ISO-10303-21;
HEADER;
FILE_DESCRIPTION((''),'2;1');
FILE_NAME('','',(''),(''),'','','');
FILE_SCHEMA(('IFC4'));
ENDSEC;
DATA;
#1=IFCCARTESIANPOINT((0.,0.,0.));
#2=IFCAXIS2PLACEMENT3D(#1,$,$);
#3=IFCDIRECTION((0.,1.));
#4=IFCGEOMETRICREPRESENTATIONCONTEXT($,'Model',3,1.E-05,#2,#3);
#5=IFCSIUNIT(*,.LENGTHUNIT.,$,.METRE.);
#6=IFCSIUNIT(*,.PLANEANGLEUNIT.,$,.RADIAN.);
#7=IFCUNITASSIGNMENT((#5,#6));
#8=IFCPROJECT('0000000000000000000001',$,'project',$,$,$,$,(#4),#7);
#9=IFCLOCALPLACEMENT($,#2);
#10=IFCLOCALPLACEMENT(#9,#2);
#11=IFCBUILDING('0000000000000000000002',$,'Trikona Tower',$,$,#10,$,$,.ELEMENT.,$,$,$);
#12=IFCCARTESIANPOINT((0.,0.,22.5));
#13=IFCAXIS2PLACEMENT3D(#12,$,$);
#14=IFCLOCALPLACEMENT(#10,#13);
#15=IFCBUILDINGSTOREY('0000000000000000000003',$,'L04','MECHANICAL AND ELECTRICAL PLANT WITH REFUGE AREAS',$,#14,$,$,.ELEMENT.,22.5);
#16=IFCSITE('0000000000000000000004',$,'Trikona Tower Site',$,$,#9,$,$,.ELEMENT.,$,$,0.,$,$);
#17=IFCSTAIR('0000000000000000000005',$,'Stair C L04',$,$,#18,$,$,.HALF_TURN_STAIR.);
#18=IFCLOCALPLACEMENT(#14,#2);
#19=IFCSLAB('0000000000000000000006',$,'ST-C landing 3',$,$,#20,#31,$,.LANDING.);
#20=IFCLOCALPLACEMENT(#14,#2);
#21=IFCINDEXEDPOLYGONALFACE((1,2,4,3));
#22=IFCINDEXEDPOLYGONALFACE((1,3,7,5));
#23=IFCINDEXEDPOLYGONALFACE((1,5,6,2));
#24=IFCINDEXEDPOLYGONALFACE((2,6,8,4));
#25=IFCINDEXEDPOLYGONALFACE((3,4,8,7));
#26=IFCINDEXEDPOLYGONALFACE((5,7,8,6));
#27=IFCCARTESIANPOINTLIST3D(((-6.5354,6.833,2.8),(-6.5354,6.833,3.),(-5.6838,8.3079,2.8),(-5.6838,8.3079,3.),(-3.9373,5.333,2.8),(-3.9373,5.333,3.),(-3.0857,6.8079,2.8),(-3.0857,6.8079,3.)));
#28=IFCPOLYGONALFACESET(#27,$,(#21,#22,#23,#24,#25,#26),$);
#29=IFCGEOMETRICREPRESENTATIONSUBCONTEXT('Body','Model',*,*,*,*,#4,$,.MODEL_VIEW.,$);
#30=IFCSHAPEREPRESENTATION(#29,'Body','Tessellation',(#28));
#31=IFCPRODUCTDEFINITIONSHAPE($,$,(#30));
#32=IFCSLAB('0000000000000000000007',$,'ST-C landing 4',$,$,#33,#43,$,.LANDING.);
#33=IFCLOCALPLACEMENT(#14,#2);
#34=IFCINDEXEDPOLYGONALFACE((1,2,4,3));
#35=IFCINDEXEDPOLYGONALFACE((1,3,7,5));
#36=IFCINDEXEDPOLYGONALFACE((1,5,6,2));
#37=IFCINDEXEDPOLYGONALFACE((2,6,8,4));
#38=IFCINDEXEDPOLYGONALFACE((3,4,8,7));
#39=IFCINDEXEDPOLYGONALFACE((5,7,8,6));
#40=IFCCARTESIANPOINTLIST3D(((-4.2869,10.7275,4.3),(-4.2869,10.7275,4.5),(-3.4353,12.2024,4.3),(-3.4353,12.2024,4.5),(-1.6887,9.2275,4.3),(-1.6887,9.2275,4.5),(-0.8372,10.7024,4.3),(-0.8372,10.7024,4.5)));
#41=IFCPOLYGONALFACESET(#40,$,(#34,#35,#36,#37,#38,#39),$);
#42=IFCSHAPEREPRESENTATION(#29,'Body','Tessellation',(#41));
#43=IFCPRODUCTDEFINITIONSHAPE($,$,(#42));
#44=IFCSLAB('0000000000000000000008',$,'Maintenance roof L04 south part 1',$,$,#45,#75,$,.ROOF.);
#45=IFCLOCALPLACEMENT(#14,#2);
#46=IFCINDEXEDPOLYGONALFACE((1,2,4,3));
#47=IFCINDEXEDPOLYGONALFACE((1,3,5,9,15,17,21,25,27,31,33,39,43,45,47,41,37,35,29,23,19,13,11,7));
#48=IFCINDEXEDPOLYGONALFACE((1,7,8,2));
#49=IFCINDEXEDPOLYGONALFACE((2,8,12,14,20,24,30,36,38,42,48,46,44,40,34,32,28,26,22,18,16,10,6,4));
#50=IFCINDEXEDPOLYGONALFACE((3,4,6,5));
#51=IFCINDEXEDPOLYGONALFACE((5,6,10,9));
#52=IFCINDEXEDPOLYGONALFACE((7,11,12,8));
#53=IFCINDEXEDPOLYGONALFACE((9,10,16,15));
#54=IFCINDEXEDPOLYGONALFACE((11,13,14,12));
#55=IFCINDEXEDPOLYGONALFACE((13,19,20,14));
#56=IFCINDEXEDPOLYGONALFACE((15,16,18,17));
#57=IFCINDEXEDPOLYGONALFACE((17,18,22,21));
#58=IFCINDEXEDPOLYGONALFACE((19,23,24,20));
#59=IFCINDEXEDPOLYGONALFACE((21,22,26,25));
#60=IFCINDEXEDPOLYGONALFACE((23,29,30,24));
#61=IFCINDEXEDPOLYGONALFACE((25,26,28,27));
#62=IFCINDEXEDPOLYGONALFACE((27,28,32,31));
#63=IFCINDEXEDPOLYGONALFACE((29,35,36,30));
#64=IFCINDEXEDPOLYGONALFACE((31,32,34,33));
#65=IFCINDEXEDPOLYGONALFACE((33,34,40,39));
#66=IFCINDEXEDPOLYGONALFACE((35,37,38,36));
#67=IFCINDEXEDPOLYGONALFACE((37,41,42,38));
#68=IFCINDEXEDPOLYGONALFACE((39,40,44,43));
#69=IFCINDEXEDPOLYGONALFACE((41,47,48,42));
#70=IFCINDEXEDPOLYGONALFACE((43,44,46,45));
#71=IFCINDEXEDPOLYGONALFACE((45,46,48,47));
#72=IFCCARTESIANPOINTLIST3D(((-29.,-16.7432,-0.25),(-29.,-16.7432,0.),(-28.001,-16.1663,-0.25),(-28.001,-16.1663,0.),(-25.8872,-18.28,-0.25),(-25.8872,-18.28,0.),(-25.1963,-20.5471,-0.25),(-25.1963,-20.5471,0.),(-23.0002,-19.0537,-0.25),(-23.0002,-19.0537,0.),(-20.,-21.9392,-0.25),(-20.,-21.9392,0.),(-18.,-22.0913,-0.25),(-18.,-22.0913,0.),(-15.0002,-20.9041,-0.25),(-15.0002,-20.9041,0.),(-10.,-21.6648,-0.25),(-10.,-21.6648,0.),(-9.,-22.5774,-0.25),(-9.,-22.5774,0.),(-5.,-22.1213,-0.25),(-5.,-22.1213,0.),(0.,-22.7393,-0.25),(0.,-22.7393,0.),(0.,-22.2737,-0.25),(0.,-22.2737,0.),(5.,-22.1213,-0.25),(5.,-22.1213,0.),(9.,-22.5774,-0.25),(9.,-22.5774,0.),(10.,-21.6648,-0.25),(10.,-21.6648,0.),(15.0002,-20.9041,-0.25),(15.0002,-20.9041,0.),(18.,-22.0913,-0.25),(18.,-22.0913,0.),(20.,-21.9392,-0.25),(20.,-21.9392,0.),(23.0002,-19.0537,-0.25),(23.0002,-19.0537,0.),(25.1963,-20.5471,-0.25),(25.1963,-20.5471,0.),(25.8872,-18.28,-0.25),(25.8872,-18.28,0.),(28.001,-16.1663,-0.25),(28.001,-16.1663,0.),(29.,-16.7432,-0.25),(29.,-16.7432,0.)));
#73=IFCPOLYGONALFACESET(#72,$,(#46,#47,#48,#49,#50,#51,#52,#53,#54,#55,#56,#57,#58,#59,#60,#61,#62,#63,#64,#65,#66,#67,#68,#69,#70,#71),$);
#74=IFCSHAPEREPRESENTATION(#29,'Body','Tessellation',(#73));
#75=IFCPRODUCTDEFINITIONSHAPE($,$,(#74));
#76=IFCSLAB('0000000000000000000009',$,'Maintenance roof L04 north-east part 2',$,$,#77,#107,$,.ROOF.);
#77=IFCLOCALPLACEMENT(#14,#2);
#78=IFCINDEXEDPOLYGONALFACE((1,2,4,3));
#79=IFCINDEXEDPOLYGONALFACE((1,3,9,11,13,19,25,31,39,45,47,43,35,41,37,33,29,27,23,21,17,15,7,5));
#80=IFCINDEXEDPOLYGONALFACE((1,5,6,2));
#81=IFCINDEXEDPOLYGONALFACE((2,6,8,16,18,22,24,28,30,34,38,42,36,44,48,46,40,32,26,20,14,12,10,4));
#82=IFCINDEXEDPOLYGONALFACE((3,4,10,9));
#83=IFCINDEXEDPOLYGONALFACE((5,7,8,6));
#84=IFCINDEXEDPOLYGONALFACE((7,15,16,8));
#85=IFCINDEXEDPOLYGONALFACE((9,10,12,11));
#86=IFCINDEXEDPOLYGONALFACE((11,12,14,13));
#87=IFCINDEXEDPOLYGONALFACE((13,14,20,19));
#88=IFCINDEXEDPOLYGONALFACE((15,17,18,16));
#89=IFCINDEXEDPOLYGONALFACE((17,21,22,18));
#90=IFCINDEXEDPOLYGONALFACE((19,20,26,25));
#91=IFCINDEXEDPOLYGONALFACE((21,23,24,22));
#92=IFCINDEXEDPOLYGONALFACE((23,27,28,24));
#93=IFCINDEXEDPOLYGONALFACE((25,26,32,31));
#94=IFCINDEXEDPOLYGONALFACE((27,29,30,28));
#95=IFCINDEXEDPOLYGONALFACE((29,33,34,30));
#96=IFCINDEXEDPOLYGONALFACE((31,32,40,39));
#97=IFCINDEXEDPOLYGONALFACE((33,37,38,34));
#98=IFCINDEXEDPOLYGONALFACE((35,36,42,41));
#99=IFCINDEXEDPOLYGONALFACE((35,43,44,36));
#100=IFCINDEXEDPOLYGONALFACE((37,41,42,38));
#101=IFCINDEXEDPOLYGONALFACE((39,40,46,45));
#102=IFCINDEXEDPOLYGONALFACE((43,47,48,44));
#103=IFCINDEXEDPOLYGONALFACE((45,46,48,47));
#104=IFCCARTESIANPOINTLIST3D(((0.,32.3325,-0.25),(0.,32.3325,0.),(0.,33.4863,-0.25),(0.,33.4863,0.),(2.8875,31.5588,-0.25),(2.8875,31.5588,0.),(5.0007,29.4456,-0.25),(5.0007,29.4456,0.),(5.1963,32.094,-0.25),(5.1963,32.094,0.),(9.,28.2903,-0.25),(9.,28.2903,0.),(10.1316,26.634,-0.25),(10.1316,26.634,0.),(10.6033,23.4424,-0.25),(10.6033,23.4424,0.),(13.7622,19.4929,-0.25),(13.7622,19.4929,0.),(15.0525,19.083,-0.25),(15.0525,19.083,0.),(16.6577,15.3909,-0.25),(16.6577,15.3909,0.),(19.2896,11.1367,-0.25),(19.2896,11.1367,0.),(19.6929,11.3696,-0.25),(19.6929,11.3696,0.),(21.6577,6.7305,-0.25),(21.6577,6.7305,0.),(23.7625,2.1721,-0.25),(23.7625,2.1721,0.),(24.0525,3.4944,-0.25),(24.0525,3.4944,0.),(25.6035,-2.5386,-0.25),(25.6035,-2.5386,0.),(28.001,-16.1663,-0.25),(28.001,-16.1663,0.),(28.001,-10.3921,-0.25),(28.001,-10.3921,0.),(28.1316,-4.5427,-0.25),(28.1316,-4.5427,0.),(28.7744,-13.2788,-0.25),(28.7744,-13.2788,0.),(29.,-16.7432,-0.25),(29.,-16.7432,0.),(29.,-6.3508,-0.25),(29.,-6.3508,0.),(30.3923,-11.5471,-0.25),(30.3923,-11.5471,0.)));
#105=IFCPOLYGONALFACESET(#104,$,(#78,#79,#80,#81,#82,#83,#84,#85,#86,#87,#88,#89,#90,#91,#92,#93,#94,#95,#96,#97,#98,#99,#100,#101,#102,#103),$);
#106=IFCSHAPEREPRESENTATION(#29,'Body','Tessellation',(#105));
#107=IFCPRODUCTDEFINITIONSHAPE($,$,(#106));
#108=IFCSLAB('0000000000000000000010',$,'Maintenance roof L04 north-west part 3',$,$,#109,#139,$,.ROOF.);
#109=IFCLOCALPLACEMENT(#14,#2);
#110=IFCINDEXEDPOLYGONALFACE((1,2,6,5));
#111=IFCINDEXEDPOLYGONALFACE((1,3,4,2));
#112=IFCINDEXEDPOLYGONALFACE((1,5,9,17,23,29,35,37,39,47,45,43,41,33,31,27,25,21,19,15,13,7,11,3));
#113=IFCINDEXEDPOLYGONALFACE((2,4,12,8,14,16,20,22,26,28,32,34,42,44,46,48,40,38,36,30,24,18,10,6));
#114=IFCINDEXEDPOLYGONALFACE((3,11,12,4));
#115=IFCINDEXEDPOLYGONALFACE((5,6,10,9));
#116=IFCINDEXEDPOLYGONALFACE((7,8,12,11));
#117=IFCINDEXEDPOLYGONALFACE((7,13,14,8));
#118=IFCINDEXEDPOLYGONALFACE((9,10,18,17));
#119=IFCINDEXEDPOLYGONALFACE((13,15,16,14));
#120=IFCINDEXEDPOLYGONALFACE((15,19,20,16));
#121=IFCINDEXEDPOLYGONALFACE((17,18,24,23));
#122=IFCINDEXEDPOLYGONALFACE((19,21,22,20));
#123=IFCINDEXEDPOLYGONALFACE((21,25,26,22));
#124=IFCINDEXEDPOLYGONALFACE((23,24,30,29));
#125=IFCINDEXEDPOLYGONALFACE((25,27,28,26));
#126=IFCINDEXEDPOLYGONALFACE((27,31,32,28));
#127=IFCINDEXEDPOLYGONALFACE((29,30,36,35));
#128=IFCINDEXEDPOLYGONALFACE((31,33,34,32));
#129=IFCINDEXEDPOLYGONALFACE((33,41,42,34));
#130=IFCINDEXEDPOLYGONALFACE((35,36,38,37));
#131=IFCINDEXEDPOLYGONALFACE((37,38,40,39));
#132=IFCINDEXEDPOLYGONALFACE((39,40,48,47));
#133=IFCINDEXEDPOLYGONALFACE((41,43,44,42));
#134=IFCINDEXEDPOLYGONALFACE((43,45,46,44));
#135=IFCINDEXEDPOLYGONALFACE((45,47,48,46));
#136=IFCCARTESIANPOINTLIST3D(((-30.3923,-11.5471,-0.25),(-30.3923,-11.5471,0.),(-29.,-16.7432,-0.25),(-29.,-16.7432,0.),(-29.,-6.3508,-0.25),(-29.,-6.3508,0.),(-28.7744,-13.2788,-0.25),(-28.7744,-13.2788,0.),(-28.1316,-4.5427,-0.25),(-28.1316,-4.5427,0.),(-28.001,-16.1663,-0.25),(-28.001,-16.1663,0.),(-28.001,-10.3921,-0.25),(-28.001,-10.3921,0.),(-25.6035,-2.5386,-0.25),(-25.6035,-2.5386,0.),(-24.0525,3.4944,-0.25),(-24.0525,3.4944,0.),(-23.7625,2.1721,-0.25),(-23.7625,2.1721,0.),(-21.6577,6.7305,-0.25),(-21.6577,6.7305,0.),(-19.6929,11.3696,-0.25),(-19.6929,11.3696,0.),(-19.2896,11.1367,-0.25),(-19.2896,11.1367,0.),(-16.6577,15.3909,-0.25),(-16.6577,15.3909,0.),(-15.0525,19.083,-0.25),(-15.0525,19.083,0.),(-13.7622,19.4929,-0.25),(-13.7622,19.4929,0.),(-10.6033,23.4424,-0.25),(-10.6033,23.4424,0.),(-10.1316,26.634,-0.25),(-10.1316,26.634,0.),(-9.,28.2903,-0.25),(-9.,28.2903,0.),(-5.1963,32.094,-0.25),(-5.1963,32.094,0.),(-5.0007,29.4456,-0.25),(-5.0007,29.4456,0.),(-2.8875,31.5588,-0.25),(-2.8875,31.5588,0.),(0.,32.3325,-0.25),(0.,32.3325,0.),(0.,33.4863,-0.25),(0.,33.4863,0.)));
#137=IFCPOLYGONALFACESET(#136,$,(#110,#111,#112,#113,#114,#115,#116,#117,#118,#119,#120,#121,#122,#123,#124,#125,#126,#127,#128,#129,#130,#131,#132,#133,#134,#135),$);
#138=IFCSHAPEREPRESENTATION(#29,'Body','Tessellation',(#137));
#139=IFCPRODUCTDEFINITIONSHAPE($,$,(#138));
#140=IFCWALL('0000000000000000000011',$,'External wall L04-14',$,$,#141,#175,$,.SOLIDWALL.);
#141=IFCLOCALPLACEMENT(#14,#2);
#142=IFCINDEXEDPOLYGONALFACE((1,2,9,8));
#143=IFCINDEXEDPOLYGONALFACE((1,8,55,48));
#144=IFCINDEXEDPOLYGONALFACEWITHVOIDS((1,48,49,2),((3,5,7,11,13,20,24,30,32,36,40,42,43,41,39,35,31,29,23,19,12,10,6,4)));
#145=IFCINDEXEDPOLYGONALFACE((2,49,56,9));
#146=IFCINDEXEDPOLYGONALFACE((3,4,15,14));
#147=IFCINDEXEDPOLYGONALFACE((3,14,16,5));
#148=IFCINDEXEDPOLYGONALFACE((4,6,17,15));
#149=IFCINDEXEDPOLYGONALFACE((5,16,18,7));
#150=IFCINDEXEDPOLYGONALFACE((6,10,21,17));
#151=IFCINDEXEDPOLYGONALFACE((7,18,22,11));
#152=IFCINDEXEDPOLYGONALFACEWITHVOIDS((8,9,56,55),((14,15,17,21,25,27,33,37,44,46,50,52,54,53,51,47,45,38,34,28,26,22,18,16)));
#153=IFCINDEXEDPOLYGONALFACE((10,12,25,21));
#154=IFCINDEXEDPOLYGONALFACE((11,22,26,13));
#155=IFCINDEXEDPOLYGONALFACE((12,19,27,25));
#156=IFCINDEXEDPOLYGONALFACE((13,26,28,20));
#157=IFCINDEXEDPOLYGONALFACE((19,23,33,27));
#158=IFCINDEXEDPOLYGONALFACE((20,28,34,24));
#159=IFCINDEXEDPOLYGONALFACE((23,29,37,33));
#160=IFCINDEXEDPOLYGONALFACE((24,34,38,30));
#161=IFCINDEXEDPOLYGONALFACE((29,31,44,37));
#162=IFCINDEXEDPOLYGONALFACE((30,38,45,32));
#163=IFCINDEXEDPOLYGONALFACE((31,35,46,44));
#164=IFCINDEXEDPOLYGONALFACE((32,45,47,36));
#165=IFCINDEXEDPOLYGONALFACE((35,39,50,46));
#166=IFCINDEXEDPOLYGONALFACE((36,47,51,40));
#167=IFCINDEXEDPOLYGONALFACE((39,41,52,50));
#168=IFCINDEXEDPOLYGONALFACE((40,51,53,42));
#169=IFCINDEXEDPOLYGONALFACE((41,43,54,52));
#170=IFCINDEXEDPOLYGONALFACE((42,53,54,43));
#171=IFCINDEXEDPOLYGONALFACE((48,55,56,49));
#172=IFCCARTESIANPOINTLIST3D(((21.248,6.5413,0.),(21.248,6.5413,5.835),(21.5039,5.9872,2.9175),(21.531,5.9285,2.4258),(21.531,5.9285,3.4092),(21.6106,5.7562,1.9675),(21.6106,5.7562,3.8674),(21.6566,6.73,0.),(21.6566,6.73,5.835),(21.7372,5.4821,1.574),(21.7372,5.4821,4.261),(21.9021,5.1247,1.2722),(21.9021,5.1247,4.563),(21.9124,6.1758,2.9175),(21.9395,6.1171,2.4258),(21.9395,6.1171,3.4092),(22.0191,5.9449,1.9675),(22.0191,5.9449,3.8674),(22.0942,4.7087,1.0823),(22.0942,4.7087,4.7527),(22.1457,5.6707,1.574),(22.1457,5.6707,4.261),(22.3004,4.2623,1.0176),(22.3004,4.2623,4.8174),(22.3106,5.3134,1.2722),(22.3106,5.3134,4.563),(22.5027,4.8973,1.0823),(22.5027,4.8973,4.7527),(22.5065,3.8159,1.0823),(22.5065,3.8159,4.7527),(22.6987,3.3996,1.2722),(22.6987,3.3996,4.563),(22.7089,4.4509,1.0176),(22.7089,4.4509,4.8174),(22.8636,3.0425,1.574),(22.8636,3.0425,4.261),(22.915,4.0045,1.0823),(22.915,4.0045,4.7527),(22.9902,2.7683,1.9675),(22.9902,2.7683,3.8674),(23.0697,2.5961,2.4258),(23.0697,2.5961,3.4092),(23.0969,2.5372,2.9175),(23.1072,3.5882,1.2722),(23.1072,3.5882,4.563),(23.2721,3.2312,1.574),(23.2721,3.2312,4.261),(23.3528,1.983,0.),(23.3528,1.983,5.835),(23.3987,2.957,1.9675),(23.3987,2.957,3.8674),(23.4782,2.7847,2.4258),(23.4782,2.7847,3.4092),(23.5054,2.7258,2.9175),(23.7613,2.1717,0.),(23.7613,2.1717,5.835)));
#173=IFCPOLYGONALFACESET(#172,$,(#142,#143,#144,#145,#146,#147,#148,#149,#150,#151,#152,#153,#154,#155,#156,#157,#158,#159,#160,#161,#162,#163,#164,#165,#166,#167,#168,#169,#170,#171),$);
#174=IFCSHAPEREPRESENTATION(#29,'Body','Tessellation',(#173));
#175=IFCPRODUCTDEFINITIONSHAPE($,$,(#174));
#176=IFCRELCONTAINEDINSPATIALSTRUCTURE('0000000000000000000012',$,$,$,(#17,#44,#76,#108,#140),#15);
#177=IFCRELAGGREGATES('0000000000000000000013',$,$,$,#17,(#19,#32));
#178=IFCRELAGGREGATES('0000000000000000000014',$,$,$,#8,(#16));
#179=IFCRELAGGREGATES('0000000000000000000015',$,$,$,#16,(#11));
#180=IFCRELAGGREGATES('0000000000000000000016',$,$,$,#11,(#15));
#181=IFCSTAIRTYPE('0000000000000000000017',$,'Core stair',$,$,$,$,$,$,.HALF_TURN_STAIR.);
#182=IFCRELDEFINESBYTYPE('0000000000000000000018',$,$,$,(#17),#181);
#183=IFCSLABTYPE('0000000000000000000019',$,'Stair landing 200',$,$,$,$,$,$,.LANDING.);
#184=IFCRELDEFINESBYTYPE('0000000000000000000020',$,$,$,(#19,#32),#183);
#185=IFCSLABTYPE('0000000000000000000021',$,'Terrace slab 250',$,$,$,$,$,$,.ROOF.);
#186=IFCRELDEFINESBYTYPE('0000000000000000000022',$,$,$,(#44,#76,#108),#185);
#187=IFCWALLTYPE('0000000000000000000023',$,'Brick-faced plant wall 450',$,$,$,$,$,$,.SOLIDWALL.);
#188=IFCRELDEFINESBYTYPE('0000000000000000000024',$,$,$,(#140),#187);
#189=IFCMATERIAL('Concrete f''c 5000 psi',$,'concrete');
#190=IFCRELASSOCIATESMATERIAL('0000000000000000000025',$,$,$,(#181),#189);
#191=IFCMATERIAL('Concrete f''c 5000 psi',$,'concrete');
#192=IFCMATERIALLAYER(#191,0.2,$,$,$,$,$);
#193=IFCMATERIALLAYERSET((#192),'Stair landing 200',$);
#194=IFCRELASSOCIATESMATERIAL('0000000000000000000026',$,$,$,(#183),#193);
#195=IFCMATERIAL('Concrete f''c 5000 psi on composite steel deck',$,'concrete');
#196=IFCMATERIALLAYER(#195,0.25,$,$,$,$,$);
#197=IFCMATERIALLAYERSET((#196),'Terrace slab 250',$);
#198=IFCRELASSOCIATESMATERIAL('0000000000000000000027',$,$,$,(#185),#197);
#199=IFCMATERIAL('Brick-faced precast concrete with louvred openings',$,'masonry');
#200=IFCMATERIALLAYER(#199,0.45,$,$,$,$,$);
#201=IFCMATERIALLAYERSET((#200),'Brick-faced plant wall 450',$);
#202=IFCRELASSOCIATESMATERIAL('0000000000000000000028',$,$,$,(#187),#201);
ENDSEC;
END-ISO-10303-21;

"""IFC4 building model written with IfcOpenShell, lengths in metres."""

from ifc_helpers import new_model, si_unit, direction, frame, origin, place, context, subcontext, project, spatial, polyline, outline, extrude, material, layer, layer_set, type_object, element, aggregate, save


model = new_model("IFC4")

# Units and contexts
model_context = context("Model", 3, precision=1e-05, world=origin(), true_north=direction((0.0, 1.0)))
body_context = subcontext(model_context, "Body", "Model", "MODEL_VIEW")
ifc_project = project(units=[si_unit("LENGTHUNIT", "METRE"), si_unit("PLANEANGLEUNIT", "RADIAN")], contexts=[model_context])

# Site, building, storey
site_placement = place(None, origin())
site = spatial("IfcSite", under=ifc_project, at=site_placement, Name="Trikona Tower Site", CompositionType="ELEMENT", RefElevation=0.0)
building_placement = place(site_placement, origin())
building = spatial("IfcBuilding", under=site, at=building_placement, Name="Trikona Tower", CompositionType="ELEMENT")
storey_placement = place(building_placement, frame((0.0, 0.0, 22.5)))
storey = spatial("IfcBuildingStorey", under=building, at=storey_placement, Name="L04", Description="MECHANICAL AND ELECTRICAL PLANT WITH REFUGE AREAS", CompositionType="ELEMENT", Elevation=22.5)

# Stair, slabs
ifc_material_1 = material(Name="Concrete f'c 5000 psi", Category="concrete")
stair_type = type_object("IfcStairType", Name="Core stair", PredefinedType="HALF_TURN_STAIR", material=ifc_material_1)
ifc_material_2 = material(Name="Concrete f'c 5000 psi", Category="concrete")
ifc_layer_1 = layer(ifc_material_2, 0.2)
ifc_layer_set_1 = layer_set([ifc_layer_1], Name="Stair landing 200")
slab_type_1 = type_object("IfcSlabType", Name="Stair landing 200", PredefinedType="LANDING", material=ifc_layer_set_1)
stair_1_placement = place(storey_placement, origin())
stair_1 = element("IfcStair", 1, at=stair_1_placement, inside=storey, type_object=stair_type, Name="Stair C L04", PredefinedType="HALF_TURN_STAIR")
slab_1_placement = place(storey_placement, frame((0.0, 0.0, 2.8)))
slab_1 = element("IfcSlab", 2, at=slab_1_placement, type_object=slab_type_1, Name="ST-C landing 3", PredefinedType="LANDING", context=body_context, shape_type="SweptSolid", body=[
    extrude(outline(polyline([(-3.0857, 6.8079), (-3.9373, 5.333), (-6.5354, 6.833), (-5.6838, 8.3079), (-3.0857, 6.8079)])), origin(), (0.0, 0.0, 1.0), 0.2),
])
slab_2_placement = place(storey_placement, frame((0.0, 0.0, 4.3)))
slab_2 = element("IfcSlab", 3, at=slab_2_placement, type_object=slab_type_1, Name="ST-C landing 4", PredefinedType="LANDING", context=body_context, shape_type="SweptSolid", body=[
    extrude(outline(polyline([(-0.8372, 10.7024), (-1.6887, 9.2275), (-4.2869, 10.7275), (-3.4353, 12.2024), (-0.8372, 10.7024)])), origin(), (0.0, 0.0, 1.0), 0.2),
])
aggregate(stair_1, [slab_1, slab_2])

# Slabs
ifc_material_3 = material(Name="Concrete f'c 5000 psi on composite steel deck", Category="concrete")
ifc_layer_2 = layer(ifc_material_3, 0.25)
ifc_layer_set_2 = layer_set([ifc_layer_2], Name="Terrace slab 250")
slab_type_2 = type_object("IfcSlabType", Name="Terrace slab 250", PredefinedType="ROOF", material=ifc_layer_set_2)
slab_3_placement = place(storey_placement, frame((0.0, 0.0, -0.25)))
element("IfcSlab", 4, at=slab_3_placement, inside=storey, type_object=slab_type_2, Name="Maintenance roof L04 south part 1", PredefinedType="ROOF", context=body_context, shape_type="SweptSolid", body=[
    extrude(outline(polyline([(-29.0, -16.7432), (-25.1963, -20.5471), (-20.0, -21.9392), (-18.0, -22.0913), (-9.0, -22.5774), (0.0, -22.7393), (9.0, -22.5774), (18.0, -22.0913), (20.0, -21.9392), (25.1963, -20.5471), (29.0, -16.7432), (28.001, -16.1663), (25.8872, -18.28), (23.0002, -19.0537), (15.0002, -20.9041), (10.0, -21.6648), (5.0, -22.1213), (0.0, -22.2737), (-5.0, -22.1213), (-10.0, -21.6648), (-15.0002, -20.9041), (-23.0002, -19.0537), (-25.8872, -18.28), (-28.001, -16.1663), (-29.0, -16.7432)])), origin(), (0.0, 0.0, 1.0), 0.25),
])
slab_4_placement = place(storey_placement, frame((0.0, 0.0, -0.25)))
element("IfcSlab", 5, at=slab_4_placement, inside=storey, type_object=slab_type_2, Name="Maintenance roof L04 north-east part 2", PredefinedType="ROOF", context=body_context, shape_type="SweptSolid", body=[
    extrude(outline(polyline([(5.1963, 32.094), (0.0, 33.4863), (0.0, 32.3325), (2.8875, 31.5588), (5.0007, 29.4456), (10.6033, 23.4424), (13.7622, 19.4929), (16.6577, 15.3909), (19.2896, 11.1367), (21.6577, 6.7305), (23.7625, 2.1721), (25.6035, -2.5386), (28.001, -10.3921), (28.7744, -13.2788), (28.001, -16.1663), (29.0, -16.7432), (30.3923, -11.5471), (29.0, -6.3508), (28.1316, -4.5427), (24.0525, 3.4944), (19.6929, 11.3696), (15.0525, 19.083), (10.1316, 26.634), (9.0, 28.2903), (5.1963, 32.094)])), origin(), (0.0, 0.0, 1.0), 0.25),
])
slab_5_placement = place(storey_placement, frame((0.0, 0.0, -0.25)))
element("IfcSlab", 6, at=slab_5_placement, inside=storey, type_object=slab_type_2, Name="Maintenance roof L04 north-west part 3", PredefinedType="ROOF", context=body_context, shape_type="SweptSolid", body=[
    extrude(outline(polyline([(-30.3923, -11.5471), (-29.0, -16.7432), (-28.001, -16.1663), (-28.7744, -13.2788), (-28.001, -10.3921), (-25.6035, -2.5386), (-23.7625, 2.1721), (-21.6577, 6.7305), (-19.2896, 11.1367), (-16.6577, 15.3909), (-13.7622, 19.4929), (-10.6033, 23.4424), (-5.0007, 29.4456), (-2.8875, 31.5588), (0.0, 32.3325), (0.0, 33.4863), (-5.1963, 32.094), (-9.0, 28.2903), (-10.1316, 26.634), (-15.0525, 19.083), (-19.6929, 11.3696), (-24.0525, 3.4944), (-28.1316, -4.5427), (-29.0, -6.3508), (-30.3923, -11.5471)])), origin(), (0.0, 0.0, 1.0), 0.25),
])

# Wall
ifc_material_4 = material(Name="Brick-faced precast concrete with louvred openings", Category="masonry")
ifc_layer_3 = layer(ifc_material_4, 0.45)
ifc_layer_set_3 = layer_set([ifc_layer_3], Name="Brick-faced plant wall 450")
wall_type_1 = type_object("IfcWallType", Name="Brick-faced plant wall 450", PredefinedType="SOLIDWALL", material=ifc_layer_set_3)
wall_1_placement = place(storey_placement, frame((23.5571, 2.0774, 0.0), z_axis=(0.0, 0.0, 1.0), x_axis=(-0.419203, 0.907892, 0.0)))
element("IfcWall", 7, at=wall_1_placement, inside=storey, type_object=wall_type_1, Name="External wall L04-14", PredefinedType="SOLIDWALL", context=body_context, shape_type="SweptSolid", body=[
    extrude(outline(polyline([(0.0, 0.0), (5.0208, 0.0), (5.0208, 5.835), (0.0, 5.835), (0.0, 0.0)]), holes=[polyline([(4.4104, 2.9175), (4.3457, 3.4092), (4.156, 3.8674), (3.854, 4.261), (3.4604, 4.563), (3.0022, 4.7527), (2.5105, 4.8174), (2.0188, 4.7527), (1.5603, 4.563), (1.167, 4.261), (0.865, 3.8674), (0.6753, 3.4092), (0.6104, 2.9175), (0.6753, 2.4258), (0.865, 1.9675), (1.167, 1.574), (1.5603, 1.2722), (2.0188, 1.0823), (2.5105, 1.0176), (3.0022, 1.0823), (3.4604, 1.2722), (3.854, 1.574), (4.156, 1.9675), (4.3457, 2.4258), (4.4104, 2.9175)])]), frame((0.0, 0.2251, 0.0), z_axis=(0.0, -1.0, 0.0), x_axis=(1.0, 0.0, 0.0)), (0.0, 0.0, 1.0), 0.45),
])

save(model, "model.ifc")
